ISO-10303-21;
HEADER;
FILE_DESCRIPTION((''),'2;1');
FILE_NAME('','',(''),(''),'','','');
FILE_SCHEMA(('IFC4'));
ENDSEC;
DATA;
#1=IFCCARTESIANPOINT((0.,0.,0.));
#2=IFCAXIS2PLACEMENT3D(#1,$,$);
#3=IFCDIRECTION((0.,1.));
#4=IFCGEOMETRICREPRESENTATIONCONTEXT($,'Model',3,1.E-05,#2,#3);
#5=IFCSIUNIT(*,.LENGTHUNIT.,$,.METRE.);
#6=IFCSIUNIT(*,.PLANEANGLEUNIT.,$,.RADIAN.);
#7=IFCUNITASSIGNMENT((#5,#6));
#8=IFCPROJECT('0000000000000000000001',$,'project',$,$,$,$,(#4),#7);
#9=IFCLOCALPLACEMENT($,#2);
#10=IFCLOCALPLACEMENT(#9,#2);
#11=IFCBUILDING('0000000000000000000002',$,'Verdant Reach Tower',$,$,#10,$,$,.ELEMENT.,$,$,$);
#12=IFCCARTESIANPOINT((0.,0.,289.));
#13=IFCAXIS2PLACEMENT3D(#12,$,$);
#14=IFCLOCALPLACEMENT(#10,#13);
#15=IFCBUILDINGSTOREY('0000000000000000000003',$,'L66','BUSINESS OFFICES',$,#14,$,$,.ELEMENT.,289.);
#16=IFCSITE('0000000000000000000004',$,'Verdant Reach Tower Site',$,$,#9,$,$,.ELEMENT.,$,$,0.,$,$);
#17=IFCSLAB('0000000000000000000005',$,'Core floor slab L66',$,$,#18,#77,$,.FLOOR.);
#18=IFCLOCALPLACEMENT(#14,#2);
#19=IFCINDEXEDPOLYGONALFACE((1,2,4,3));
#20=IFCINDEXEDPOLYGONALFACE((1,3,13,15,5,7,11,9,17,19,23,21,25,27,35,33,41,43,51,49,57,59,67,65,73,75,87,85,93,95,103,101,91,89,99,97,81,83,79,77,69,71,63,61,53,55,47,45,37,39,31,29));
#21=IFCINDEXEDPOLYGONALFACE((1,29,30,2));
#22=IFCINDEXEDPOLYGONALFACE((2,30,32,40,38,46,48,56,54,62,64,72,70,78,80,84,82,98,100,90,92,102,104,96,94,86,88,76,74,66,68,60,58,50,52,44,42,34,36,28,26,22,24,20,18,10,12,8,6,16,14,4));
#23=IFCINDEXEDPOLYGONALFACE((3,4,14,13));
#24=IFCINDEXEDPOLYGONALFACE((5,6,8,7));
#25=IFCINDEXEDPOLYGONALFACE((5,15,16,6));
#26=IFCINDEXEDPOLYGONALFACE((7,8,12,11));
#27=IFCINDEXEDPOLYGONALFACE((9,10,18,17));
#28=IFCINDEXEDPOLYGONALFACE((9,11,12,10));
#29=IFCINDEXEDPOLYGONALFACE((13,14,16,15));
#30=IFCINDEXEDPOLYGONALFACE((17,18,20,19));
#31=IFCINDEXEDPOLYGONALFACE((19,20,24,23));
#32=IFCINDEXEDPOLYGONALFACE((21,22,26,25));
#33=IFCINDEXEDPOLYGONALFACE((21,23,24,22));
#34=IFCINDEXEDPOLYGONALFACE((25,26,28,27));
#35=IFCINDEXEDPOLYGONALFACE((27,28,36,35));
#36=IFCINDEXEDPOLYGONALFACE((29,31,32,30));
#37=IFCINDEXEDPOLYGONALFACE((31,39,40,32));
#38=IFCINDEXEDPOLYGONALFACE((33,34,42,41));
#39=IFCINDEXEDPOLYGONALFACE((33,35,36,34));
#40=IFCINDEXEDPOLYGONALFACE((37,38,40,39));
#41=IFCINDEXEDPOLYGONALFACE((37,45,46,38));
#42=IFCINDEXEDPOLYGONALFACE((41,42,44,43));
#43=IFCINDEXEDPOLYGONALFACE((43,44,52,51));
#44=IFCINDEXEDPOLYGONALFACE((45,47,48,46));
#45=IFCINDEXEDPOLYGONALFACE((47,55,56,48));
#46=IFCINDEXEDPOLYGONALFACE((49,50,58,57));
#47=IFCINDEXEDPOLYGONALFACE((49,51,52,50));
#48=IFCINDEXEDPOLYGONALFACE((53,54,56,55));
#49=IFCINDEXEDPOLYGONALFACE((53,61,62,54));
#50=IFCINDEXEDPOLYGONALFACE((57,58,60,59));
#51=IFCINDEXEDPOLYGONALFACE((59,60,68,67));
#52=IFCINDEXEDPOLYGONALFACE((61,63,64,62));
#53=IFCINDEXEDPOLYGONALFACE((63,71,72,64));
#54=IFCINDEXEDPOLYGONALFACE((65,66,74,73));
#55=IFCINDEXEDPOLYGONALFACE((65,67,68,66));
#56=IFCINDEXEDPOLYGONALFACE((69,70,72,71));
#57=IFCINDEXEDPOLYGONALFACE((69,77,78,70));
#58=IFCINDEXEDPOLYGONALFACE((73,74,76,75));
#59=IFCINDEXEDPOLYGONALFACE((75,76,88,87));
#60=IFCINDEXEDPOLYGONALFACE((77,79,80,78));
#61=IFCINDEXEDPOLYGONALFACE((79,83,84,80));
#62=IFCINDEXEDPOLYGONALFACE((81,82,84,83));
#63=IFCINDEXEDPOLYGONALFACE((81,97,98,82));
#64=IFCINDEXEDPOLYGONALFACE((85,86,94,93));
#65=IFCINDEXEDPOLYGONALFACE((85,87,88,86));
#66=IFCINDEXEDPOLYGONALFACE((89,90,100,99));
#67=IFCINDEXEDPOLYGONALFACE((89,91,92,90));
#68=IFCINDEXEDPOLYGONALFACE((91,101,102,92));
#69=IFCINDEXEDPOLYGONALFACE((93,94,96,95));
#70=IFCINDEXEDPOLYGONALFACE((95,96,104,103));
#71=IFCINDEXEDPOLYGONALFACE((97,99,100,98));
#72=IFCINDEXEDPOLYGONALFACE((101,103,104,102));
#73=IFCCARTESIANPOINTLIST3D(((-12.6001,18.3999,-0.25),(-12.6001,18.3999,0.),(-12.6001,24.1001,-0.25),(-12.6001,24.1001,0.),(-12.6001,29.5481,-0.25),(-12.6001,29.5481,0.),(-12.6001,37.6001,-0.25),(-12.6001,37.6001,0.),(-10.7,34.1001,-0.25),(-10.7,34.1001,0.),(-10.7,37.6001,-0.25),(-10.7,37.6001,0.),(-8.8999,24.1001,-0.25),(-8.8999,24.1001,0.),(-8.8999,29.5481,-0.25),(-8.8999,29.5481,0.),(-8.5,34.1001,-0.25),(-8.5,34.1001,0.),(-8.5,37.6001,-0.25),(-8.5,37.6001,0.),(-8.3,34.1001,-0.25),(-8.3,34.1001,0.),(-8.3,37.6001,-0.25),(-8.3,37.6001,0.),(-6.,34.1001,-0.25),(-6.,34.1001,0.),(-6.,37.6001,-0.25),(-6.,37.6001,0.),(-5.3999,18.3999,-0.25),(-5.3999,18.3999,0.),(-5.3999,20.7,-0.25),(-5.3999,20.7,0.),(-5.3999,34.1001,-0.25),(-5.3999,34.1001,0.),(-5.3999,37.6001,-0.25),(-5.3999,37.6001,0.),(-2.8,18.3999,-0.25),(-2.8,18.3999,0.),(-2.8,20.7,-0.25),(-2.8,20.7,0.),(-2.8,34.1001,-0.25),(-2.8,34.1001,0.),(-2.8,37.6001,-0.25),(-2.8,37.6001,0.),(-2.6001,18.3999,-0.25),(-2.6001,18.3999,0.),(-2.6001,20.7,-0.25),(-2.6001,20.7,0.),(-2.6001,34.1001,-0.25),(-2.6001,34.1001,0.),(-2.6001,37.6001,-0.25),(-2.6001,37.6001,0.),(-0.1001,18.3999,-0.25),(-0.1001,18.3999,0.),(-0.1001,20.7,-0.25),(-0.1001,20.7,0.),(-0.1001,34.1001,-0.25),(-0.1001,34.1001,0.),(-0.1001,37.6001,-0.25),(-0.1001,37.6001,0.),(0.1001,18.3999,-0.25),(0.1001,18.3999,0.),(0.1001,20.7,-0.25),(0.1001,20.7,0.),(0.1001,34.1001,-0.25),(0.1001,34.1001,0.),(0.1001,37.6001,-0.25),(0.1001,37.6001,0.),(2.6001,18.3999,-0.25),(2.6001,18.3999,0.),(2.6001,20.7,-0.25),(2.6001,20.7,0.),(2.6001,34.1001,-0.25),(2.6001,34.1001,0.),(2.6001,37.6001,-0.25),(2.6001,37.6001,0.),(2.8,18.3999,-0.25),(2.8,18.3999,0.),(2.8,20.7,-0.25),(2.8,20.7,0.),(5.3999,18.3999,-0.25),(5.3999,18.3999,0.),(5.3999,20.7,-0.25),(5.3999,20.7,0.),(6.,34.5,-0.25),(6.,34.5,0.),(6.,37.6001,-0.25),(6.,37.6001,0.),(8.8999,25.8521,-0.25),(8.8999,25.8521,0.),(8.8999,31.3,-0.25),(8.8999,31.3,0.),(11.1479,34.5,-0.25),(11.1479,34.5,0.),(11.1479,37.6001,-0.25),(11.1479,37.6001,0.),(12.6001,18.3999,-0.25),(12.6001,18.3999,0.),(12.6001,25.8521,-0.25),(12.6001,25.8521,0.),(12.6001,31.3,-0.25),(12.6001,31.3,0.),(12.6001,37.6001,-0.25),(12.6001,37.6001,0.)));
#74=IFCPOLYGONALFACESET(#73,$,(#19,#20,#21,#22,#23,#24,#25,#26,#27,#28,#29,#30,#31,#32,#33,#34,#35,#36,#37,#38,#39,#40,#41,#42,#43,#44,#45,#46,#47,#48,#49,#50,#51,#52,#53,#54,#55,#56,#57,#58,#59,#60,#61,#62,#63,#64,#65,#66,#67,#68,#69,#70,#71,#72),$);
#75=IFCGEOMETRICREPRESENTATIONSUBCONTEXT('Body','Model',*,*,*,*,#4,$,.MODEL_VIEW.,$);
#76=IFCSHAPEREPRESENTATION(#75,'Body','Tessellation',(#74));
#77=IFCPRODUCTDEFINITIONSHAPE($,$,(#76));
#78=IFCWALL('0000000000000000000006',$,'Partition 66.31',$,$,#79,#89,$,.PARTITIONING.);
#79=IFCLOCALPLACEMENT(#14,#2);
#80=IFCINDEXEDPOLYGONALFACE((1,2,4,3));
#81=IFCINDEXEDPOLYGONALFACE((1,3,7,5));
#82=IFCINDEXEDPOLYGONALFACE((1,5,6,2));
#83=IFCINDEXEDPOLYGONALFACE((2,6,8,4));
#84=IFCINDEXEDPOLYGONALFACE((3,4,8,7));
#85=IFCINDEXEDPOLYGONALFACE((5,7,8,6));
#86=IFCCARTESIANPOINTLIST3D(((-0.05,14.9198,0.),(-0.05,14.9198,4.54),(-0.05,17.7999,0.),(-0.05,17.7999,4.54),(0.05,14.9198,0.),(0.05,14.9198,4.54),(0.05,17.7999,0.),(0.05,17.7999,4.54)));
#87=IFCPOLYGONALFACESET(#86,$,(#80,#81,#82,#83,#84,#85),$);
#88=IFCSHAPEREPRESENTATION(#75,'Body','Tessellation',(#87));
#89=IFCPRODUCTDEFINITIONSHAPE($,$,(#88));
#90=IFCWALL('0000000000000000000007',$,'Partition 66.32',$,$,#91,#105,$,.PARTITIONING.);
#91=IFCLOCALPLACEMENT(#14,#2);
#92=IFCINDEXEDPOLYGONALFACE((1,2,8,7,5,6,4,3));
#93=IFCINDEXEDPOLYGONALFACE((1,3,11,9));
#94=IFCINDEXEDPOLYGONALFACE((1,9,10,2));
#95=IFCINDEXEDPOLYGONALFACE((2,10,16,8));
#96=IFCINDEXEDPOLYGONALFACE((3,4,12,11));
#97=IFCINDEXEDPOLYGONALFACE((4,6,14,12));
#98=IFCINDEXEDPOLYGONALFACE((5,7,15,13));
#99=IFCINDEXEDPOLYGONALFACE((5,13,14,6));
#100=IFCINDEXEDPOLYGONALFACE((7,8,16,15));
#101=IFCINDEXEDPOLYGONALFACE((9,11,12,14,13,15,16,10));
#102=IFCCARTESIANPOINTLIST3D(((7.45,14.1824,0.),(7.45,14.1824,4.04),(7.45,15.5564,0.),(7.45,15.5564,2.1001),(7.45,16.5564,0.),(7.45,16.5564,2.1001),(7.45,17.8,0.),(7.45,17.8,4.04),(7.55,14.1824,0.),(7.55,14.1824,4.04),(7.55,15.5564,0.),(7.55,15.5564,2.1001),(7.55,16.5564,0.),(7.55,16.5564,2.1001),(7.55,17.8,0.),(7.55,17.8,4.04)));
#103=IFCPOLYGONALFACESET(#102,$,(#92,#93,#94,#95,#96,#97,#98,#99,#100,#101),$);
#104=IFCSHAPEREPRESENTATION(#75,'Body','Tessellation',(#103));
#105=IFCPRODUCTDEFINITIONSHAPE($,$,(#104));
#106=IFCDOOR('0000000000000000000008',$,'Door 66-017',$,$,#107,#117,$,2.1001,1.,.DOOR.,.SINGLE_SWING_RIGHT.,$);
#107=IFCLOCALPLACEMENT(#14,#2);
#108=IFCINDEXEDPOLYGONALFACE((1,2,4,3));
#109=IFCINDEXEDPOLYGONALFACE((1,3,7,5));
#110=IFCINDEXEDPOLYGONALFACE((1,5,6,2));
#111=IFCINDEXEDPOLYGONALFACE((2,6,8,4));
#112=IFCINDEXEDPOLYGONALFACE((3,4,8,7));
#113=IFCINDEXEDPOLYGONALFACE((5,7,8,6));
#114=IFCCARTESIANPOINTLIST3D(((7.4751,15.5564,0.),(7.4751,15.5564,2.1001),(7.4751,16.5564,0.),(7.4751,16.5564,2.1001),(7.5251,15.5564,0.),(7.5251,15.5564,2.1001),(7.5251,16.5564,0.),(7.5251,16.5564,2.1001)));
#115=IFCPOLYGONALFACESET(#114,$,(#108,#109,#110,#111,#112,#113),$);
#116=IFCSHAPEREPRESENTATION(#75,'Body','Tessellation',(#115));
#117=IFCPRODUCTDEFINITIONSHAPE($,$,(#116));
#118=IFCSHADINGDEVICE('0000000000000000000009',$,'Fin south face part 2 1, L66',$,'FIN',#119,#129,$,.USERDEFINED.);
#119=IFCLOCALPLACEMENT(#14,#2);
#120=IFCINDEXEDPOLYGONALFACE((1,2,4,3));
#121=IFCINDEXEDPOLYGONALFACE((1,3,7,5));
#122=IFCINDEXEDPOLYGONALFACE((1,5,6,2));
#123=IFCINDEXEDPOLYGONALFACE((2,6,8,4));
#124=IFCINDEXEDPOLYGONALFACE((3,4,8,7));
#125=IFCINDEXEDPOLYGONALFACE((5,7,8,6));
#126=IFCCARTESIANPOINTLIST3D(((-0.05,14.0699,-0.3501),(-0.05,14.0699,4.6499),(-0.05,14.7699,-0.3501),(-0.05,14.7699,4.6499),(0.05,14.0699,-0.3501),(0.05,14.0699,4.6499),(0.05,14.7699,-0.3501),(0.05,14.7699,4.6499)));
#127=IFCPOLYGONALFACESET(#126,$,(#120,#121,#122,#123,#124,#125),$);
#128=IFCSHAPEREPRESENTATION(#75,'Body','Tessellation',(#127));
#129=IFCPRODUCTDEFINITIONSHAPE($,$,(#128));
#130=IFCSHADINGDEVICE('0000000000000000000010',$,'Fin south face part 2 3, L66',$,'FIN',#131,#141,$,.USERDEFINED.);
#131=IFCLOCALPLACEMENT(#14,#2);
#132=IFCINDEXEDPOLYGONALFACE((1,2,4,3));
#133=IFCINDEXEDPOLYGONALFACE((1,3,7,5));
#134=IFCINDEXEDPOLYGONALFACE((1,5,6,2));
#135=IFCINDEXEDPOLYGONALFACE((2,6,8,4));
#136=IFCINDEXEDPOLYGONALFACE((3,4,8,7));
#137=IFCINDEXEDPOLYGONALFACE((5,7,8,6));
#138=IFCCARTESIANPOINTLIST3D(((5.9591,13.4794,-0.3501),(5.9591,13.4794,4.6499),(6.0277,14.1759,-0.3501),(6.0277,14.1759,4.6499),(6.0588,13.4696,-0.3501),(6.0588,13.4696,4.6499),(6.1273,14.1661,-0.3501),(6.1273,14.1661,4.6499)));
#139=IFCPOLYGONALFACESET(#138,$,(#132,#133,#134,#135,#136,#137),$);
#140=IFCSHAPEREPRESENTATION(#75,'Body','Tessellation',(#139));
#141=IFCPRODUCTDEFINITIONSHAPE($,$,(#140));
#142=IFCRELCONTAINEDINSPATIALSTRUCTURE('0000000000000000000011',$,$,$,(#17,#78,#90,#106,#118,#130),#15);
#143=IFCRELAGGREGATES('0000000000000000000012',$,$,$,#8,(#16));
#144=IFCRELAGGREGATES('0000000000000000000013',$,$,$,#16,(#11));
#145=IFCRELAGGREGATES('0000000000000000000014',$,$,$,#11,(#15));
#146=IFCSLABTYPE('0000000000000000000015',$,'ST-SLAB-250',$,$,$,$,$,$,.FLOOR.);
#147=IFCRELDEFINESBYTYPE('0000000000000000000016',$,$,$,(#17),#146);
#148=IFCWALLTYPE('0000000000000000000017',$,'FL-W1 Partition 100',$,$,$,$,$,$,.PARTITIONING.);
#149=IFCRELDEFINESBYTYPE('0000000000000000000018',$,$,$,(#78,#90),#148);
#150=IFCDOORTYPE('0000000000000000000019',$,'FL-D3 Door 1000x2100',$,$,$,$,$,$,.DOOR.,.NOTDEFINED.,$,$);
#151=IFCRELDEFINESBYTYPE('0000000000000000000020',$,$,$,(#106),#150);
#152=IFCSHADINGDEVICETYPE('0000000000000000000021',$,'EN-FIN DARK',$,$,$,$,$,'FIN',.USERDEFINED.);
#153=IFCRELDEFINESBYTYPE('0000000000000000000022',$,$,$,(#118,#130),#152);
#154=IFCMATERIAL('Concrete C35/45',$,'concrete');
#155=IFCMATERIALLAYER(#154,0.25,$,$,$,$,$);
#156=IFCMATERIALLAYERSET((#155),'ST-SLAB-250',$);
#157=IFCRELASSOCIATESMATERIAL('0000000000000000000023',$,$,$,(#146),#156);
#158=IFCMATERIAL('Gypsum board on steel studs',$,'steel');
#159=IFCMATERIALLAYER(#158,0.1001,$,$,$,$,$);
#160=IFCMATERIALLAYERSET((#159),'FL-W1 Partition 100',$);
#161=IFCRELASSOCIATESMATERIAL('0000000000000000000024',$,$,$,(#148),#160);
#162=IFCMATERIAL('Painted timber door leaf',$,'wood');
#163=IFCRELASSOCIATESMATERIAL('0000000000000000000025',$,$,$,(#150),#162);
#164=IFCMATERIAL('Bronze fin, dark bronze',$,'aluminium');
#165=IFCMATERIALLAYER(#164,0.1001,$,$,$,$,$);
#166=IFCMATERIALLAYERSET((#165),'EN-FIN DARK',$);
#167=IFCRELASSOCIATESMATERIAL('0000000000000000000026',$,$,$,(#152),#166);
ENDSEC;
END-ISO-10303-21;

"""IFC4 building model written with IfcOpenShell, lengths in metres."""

from ifc_helpers import new_model, si_unit, direction, frame, frame_2d, origin, origin_2d, place, context, subcontext, project, spatial, polyline, rectangle, outline, extrude, material, layer, layer_set, type_object, element, fill, save


model = new_model("IFC4")

# Units and contexts
model_context = context("Model", 3, precision=1e-05, world=origin(), true_north=direction((0.0, 1.0)))
body_context = subcontext(model_context, "Body", "Model", "MODEL_VIEW")
ifc_project = project(units=[si_unit("LENGTHUNIT", "METRE"), si_unit("PLANEANGLEUNIT", "RADIAN")], contexts=[model_context])

# Site, building, storey
site_placement = place(None, origin())
site = spatial("IfcSite", under=ifc_project, at=site_placement, Name="Verdant Reach Tower Site", CompositionType="ELEMENT", RefElevation=0.0)
building_placement = place(site_placement, origin())
building = spatial("IfcBuilding", under=site, at=building_placement, Name="Verdant Reach Tower", CompositionType="ELEMENT")
storey_placement = place(building_placement, frame((0.0, 0.0, 289.0)))
storey = spatial("IfcBuildingStorey", under=building, at=storey_placement, Name="L66", Description="BUSINESS OFFICES", CompositionType="ELEMENT", Elevation=289.0)

# Slab
ifc_material_1 = material(Name="Concrete C35/45", Category="concrete")
ifc_layer_1 = layer(ifc_material_1, 0.25)
ifc_layer_set_1 = layer_set([ifc_layer_1], Name="ST-SLAB-250")
slab_type_1 = type_object("IfcSlabType", Name="ST-SLAB-250", PredefinedType="FLOOR", material=ifc_layer_set_1)
slab_1_placement = place(storey_placement, frame((0.0, 0.0, -0.25)))
element("IfcSlab", 1, at=slab_1_placement, inside=storey, type_object=slab_type_1, Name="Core floor slab L66", PredefinedType="FLOOR", context=body_context, shape_type="SweptSolid", body=[
    extrude(outline(polyline([(12.6001, 18.3999), (5.3999, 18.3999), (5.3999, 20.7), (2.8, 20.7), (2.8, 18.3999), (2.6001, 18.3999), (2.6001, 20.7), (0.1001, 20.7), (0.1001, 18.3999), (-0.1001, 18.3999), (-0.1001, 20.7), (-2.6001, 20.7), (-2.6001, 18.3999), (-2.8, 18.3999), (-2.8, 20.7), (-5.3999, 20.7), (-5.3999, 18.3999), (-12.6001, 18.3999), (-12.6001, 24.1001), (-8.8999, 24.1001), (-8.8999, 29.5481), (-12.6001, 29.5481), (-12.6001, 37.6001), (-10.7, 37.6001), (-10.7, 34.1001), (-8.5, 34.1001), (-8.5, 37.6001), (-8.3, 37.6001), (-8.3, 34.1001), (-6.0, 34.1001), (-6.0, 37.6001), (-5.3999, 37.6001), (-5.3999, 34.1001), (-2.8, 34.1001), (-2.8, 37.6001), (-2.6001, 37.6001), (-2.6001, 34.1001), (-0.1001, 34.1001), (-0.1001, 37.6001), (0.1001, 37.6001), (0.1001, 34.1001), (2.6001, 34.1001), (2.6001, 37.6001), (6.0, 37.6001), (6.0, 34.5), (11.1479, 34.5), (11.1479, 37.6001), (12.6001, 37.6001), (12.6001, 31.3), (8.8999, 31.3), (8.8999, 25.8521), (12.6001, 25.8521), (12.6001, 18.3999)])), origin(), (0.0, 0.0, 1.0), 0.25),
])

# Wall
ifc_material_2 = material(Name="Gypsum board on steel studs", Category="steel")
ifc_layer_2 = layer(ifc_material_2, 0.1001)
ifc_layer_set_2 = layer_set([ifc_layer_2], Name="FL-W1 Partition 100")
wall_type = type_object("IfcWallType", Name="FL-W1 Partition 100", PredefinedType="PARTITIONING", material=ifc_layer_set_2)
wall_1_placement = place(storey_placement, frame((0.0, 14.9199, 0.0), z_axis=(0.0, 0.0, 1.0), x_axis=(0.0, 1.0, 0.0)))
element("IfcWall", 2, at=wall_1_placement, inside=storey, type_object=wall_type, Name="Partition 66.31", PredefinedType="PARTITIONING", context=body_context, shape_type="SweptSolid", body=[
    extrude(rectangle(XDim=2.8801, YDim=0.1001, at=frame_2d((1.4399, 0.0))), origin(), (0.0, 0.0, 1.0), 4.54),
])

# Wall, opening, door
wall_2_placement = place(storey_placement, frame((7.5, 14.1824, 0.0), z_axis=(0.0, 0.0, 1.0), x_axis=(0.0, 1.0, 0.0)))
wall_2 = element("IfcWall", 3, at=wall_2_placement, inside=storey, type_object=wall_type, Name="Partition 66.32", PredefinedType="PARTITIONING", context=body_context, shape_type="SweptSolid", body=[
    extrude(rectangle(XDim=3.6177, YDim=0.1001, at=frame_2d((1.8088, 0.0))), origin(), (0.0, 0.0, 1.0), 4.04),
])
opening_placement = place(wall_2_placement, frame((1.374, 0.0, 0.0)))
opening = element("IfcOpeningElement", 4, at=opening_placement, cuts=wall_2, PredefinedType="OPENING", context=body_context, shape_type="SweptSolid", body=[
    extrude(rectangle(XDim=1.0, YDim=2.1001, at=frame_2d((0.5, 1.05))), frame((0.0, 0.0601, 0.0), z_axis=(0.0, -1.0, 0.0), x_axis=(1.0, 0.0, 0.0)), (0.0, 0.0, 1.0), 0.1201),
])
ifc_material_3 = material(Name="Painted timber door leaf", Category="wood")
door_type = type_object("IfcDoorType", Name="FL-D3 Door 1000x2100", OperationType="NOTDEFINED", PredefinedType="DOOR", material=ifc_material_3)
door_placement = place(opening_placement, origin())
door = element("IfcDoor", 5, at=door_placement, inside=storey, type_object=door_type, Name="Door 66-017", OperationType="SINGLE_SWING_RIGHT", OverallHeight=2.1001, OverallWidth=1.0, PredefinedType="DOOR", context=body_context, shape_type="SweptSolid", body=[
    extrude(rectangle(XDim=1.0, YDim=2.1001, at=frame_2d((0.5, 1.05))), frame((0.0, 0.0249, 0.0), z_axis=(0.0, -1.0, 0.0), x_axis=(1.0, 0.0, 0.0)), (0.0, 0.0, 1.0), 0.05),
])
fill(opening, door)

# Shading devices
ifc_material_4 = material(Name="Bronze fin, dark bronze", Category="aluminium")
ifc_layer_3 = layer(ifc_material_4, 0.1001)
ifc_layer_set_3 = layer_set([ifc_layer_3], Name="EN-FIN DARK")
shading_device_type = type_object("IfcShadingDeviceType", Name="EN-FIN DARK", ElementType="FIN", PredefinedType="USERDEFINED", material=ifc_layer_set_3)
for number, where, z_axis, x_axis, name in (
    (6, (0.0, 14.4199, -0.3501), (0.0, 0.0, 1.0), (1.0, 0.0, 0.0), "Fin south face part 2 1, L66"),
    (7, (6.0432, 13.8228, -0.3501), (0.0, 0.0, 1.0), (0.995197, -0.097888, 0.0), "Fin south face part 2 3, L66"),
):
    element("IfcShadingDevice", number, at=place(storey_placement, frame(where, z_axis=z_axis, x_axis=x_axis)), inside=storey, type_object=shading_device_type, Name=name, ObjectType="FIN", PredefinedType="USERDEFINED", context=body_context, shape_type="SweptSolid", body=[
        extrude(rectangle(XDim=0.1001, YDim=0.7, at=origin_2d()), origin(), (0.0, 0.0, 1.0), 5.0),
    ])

save(model, "model.ifc")
